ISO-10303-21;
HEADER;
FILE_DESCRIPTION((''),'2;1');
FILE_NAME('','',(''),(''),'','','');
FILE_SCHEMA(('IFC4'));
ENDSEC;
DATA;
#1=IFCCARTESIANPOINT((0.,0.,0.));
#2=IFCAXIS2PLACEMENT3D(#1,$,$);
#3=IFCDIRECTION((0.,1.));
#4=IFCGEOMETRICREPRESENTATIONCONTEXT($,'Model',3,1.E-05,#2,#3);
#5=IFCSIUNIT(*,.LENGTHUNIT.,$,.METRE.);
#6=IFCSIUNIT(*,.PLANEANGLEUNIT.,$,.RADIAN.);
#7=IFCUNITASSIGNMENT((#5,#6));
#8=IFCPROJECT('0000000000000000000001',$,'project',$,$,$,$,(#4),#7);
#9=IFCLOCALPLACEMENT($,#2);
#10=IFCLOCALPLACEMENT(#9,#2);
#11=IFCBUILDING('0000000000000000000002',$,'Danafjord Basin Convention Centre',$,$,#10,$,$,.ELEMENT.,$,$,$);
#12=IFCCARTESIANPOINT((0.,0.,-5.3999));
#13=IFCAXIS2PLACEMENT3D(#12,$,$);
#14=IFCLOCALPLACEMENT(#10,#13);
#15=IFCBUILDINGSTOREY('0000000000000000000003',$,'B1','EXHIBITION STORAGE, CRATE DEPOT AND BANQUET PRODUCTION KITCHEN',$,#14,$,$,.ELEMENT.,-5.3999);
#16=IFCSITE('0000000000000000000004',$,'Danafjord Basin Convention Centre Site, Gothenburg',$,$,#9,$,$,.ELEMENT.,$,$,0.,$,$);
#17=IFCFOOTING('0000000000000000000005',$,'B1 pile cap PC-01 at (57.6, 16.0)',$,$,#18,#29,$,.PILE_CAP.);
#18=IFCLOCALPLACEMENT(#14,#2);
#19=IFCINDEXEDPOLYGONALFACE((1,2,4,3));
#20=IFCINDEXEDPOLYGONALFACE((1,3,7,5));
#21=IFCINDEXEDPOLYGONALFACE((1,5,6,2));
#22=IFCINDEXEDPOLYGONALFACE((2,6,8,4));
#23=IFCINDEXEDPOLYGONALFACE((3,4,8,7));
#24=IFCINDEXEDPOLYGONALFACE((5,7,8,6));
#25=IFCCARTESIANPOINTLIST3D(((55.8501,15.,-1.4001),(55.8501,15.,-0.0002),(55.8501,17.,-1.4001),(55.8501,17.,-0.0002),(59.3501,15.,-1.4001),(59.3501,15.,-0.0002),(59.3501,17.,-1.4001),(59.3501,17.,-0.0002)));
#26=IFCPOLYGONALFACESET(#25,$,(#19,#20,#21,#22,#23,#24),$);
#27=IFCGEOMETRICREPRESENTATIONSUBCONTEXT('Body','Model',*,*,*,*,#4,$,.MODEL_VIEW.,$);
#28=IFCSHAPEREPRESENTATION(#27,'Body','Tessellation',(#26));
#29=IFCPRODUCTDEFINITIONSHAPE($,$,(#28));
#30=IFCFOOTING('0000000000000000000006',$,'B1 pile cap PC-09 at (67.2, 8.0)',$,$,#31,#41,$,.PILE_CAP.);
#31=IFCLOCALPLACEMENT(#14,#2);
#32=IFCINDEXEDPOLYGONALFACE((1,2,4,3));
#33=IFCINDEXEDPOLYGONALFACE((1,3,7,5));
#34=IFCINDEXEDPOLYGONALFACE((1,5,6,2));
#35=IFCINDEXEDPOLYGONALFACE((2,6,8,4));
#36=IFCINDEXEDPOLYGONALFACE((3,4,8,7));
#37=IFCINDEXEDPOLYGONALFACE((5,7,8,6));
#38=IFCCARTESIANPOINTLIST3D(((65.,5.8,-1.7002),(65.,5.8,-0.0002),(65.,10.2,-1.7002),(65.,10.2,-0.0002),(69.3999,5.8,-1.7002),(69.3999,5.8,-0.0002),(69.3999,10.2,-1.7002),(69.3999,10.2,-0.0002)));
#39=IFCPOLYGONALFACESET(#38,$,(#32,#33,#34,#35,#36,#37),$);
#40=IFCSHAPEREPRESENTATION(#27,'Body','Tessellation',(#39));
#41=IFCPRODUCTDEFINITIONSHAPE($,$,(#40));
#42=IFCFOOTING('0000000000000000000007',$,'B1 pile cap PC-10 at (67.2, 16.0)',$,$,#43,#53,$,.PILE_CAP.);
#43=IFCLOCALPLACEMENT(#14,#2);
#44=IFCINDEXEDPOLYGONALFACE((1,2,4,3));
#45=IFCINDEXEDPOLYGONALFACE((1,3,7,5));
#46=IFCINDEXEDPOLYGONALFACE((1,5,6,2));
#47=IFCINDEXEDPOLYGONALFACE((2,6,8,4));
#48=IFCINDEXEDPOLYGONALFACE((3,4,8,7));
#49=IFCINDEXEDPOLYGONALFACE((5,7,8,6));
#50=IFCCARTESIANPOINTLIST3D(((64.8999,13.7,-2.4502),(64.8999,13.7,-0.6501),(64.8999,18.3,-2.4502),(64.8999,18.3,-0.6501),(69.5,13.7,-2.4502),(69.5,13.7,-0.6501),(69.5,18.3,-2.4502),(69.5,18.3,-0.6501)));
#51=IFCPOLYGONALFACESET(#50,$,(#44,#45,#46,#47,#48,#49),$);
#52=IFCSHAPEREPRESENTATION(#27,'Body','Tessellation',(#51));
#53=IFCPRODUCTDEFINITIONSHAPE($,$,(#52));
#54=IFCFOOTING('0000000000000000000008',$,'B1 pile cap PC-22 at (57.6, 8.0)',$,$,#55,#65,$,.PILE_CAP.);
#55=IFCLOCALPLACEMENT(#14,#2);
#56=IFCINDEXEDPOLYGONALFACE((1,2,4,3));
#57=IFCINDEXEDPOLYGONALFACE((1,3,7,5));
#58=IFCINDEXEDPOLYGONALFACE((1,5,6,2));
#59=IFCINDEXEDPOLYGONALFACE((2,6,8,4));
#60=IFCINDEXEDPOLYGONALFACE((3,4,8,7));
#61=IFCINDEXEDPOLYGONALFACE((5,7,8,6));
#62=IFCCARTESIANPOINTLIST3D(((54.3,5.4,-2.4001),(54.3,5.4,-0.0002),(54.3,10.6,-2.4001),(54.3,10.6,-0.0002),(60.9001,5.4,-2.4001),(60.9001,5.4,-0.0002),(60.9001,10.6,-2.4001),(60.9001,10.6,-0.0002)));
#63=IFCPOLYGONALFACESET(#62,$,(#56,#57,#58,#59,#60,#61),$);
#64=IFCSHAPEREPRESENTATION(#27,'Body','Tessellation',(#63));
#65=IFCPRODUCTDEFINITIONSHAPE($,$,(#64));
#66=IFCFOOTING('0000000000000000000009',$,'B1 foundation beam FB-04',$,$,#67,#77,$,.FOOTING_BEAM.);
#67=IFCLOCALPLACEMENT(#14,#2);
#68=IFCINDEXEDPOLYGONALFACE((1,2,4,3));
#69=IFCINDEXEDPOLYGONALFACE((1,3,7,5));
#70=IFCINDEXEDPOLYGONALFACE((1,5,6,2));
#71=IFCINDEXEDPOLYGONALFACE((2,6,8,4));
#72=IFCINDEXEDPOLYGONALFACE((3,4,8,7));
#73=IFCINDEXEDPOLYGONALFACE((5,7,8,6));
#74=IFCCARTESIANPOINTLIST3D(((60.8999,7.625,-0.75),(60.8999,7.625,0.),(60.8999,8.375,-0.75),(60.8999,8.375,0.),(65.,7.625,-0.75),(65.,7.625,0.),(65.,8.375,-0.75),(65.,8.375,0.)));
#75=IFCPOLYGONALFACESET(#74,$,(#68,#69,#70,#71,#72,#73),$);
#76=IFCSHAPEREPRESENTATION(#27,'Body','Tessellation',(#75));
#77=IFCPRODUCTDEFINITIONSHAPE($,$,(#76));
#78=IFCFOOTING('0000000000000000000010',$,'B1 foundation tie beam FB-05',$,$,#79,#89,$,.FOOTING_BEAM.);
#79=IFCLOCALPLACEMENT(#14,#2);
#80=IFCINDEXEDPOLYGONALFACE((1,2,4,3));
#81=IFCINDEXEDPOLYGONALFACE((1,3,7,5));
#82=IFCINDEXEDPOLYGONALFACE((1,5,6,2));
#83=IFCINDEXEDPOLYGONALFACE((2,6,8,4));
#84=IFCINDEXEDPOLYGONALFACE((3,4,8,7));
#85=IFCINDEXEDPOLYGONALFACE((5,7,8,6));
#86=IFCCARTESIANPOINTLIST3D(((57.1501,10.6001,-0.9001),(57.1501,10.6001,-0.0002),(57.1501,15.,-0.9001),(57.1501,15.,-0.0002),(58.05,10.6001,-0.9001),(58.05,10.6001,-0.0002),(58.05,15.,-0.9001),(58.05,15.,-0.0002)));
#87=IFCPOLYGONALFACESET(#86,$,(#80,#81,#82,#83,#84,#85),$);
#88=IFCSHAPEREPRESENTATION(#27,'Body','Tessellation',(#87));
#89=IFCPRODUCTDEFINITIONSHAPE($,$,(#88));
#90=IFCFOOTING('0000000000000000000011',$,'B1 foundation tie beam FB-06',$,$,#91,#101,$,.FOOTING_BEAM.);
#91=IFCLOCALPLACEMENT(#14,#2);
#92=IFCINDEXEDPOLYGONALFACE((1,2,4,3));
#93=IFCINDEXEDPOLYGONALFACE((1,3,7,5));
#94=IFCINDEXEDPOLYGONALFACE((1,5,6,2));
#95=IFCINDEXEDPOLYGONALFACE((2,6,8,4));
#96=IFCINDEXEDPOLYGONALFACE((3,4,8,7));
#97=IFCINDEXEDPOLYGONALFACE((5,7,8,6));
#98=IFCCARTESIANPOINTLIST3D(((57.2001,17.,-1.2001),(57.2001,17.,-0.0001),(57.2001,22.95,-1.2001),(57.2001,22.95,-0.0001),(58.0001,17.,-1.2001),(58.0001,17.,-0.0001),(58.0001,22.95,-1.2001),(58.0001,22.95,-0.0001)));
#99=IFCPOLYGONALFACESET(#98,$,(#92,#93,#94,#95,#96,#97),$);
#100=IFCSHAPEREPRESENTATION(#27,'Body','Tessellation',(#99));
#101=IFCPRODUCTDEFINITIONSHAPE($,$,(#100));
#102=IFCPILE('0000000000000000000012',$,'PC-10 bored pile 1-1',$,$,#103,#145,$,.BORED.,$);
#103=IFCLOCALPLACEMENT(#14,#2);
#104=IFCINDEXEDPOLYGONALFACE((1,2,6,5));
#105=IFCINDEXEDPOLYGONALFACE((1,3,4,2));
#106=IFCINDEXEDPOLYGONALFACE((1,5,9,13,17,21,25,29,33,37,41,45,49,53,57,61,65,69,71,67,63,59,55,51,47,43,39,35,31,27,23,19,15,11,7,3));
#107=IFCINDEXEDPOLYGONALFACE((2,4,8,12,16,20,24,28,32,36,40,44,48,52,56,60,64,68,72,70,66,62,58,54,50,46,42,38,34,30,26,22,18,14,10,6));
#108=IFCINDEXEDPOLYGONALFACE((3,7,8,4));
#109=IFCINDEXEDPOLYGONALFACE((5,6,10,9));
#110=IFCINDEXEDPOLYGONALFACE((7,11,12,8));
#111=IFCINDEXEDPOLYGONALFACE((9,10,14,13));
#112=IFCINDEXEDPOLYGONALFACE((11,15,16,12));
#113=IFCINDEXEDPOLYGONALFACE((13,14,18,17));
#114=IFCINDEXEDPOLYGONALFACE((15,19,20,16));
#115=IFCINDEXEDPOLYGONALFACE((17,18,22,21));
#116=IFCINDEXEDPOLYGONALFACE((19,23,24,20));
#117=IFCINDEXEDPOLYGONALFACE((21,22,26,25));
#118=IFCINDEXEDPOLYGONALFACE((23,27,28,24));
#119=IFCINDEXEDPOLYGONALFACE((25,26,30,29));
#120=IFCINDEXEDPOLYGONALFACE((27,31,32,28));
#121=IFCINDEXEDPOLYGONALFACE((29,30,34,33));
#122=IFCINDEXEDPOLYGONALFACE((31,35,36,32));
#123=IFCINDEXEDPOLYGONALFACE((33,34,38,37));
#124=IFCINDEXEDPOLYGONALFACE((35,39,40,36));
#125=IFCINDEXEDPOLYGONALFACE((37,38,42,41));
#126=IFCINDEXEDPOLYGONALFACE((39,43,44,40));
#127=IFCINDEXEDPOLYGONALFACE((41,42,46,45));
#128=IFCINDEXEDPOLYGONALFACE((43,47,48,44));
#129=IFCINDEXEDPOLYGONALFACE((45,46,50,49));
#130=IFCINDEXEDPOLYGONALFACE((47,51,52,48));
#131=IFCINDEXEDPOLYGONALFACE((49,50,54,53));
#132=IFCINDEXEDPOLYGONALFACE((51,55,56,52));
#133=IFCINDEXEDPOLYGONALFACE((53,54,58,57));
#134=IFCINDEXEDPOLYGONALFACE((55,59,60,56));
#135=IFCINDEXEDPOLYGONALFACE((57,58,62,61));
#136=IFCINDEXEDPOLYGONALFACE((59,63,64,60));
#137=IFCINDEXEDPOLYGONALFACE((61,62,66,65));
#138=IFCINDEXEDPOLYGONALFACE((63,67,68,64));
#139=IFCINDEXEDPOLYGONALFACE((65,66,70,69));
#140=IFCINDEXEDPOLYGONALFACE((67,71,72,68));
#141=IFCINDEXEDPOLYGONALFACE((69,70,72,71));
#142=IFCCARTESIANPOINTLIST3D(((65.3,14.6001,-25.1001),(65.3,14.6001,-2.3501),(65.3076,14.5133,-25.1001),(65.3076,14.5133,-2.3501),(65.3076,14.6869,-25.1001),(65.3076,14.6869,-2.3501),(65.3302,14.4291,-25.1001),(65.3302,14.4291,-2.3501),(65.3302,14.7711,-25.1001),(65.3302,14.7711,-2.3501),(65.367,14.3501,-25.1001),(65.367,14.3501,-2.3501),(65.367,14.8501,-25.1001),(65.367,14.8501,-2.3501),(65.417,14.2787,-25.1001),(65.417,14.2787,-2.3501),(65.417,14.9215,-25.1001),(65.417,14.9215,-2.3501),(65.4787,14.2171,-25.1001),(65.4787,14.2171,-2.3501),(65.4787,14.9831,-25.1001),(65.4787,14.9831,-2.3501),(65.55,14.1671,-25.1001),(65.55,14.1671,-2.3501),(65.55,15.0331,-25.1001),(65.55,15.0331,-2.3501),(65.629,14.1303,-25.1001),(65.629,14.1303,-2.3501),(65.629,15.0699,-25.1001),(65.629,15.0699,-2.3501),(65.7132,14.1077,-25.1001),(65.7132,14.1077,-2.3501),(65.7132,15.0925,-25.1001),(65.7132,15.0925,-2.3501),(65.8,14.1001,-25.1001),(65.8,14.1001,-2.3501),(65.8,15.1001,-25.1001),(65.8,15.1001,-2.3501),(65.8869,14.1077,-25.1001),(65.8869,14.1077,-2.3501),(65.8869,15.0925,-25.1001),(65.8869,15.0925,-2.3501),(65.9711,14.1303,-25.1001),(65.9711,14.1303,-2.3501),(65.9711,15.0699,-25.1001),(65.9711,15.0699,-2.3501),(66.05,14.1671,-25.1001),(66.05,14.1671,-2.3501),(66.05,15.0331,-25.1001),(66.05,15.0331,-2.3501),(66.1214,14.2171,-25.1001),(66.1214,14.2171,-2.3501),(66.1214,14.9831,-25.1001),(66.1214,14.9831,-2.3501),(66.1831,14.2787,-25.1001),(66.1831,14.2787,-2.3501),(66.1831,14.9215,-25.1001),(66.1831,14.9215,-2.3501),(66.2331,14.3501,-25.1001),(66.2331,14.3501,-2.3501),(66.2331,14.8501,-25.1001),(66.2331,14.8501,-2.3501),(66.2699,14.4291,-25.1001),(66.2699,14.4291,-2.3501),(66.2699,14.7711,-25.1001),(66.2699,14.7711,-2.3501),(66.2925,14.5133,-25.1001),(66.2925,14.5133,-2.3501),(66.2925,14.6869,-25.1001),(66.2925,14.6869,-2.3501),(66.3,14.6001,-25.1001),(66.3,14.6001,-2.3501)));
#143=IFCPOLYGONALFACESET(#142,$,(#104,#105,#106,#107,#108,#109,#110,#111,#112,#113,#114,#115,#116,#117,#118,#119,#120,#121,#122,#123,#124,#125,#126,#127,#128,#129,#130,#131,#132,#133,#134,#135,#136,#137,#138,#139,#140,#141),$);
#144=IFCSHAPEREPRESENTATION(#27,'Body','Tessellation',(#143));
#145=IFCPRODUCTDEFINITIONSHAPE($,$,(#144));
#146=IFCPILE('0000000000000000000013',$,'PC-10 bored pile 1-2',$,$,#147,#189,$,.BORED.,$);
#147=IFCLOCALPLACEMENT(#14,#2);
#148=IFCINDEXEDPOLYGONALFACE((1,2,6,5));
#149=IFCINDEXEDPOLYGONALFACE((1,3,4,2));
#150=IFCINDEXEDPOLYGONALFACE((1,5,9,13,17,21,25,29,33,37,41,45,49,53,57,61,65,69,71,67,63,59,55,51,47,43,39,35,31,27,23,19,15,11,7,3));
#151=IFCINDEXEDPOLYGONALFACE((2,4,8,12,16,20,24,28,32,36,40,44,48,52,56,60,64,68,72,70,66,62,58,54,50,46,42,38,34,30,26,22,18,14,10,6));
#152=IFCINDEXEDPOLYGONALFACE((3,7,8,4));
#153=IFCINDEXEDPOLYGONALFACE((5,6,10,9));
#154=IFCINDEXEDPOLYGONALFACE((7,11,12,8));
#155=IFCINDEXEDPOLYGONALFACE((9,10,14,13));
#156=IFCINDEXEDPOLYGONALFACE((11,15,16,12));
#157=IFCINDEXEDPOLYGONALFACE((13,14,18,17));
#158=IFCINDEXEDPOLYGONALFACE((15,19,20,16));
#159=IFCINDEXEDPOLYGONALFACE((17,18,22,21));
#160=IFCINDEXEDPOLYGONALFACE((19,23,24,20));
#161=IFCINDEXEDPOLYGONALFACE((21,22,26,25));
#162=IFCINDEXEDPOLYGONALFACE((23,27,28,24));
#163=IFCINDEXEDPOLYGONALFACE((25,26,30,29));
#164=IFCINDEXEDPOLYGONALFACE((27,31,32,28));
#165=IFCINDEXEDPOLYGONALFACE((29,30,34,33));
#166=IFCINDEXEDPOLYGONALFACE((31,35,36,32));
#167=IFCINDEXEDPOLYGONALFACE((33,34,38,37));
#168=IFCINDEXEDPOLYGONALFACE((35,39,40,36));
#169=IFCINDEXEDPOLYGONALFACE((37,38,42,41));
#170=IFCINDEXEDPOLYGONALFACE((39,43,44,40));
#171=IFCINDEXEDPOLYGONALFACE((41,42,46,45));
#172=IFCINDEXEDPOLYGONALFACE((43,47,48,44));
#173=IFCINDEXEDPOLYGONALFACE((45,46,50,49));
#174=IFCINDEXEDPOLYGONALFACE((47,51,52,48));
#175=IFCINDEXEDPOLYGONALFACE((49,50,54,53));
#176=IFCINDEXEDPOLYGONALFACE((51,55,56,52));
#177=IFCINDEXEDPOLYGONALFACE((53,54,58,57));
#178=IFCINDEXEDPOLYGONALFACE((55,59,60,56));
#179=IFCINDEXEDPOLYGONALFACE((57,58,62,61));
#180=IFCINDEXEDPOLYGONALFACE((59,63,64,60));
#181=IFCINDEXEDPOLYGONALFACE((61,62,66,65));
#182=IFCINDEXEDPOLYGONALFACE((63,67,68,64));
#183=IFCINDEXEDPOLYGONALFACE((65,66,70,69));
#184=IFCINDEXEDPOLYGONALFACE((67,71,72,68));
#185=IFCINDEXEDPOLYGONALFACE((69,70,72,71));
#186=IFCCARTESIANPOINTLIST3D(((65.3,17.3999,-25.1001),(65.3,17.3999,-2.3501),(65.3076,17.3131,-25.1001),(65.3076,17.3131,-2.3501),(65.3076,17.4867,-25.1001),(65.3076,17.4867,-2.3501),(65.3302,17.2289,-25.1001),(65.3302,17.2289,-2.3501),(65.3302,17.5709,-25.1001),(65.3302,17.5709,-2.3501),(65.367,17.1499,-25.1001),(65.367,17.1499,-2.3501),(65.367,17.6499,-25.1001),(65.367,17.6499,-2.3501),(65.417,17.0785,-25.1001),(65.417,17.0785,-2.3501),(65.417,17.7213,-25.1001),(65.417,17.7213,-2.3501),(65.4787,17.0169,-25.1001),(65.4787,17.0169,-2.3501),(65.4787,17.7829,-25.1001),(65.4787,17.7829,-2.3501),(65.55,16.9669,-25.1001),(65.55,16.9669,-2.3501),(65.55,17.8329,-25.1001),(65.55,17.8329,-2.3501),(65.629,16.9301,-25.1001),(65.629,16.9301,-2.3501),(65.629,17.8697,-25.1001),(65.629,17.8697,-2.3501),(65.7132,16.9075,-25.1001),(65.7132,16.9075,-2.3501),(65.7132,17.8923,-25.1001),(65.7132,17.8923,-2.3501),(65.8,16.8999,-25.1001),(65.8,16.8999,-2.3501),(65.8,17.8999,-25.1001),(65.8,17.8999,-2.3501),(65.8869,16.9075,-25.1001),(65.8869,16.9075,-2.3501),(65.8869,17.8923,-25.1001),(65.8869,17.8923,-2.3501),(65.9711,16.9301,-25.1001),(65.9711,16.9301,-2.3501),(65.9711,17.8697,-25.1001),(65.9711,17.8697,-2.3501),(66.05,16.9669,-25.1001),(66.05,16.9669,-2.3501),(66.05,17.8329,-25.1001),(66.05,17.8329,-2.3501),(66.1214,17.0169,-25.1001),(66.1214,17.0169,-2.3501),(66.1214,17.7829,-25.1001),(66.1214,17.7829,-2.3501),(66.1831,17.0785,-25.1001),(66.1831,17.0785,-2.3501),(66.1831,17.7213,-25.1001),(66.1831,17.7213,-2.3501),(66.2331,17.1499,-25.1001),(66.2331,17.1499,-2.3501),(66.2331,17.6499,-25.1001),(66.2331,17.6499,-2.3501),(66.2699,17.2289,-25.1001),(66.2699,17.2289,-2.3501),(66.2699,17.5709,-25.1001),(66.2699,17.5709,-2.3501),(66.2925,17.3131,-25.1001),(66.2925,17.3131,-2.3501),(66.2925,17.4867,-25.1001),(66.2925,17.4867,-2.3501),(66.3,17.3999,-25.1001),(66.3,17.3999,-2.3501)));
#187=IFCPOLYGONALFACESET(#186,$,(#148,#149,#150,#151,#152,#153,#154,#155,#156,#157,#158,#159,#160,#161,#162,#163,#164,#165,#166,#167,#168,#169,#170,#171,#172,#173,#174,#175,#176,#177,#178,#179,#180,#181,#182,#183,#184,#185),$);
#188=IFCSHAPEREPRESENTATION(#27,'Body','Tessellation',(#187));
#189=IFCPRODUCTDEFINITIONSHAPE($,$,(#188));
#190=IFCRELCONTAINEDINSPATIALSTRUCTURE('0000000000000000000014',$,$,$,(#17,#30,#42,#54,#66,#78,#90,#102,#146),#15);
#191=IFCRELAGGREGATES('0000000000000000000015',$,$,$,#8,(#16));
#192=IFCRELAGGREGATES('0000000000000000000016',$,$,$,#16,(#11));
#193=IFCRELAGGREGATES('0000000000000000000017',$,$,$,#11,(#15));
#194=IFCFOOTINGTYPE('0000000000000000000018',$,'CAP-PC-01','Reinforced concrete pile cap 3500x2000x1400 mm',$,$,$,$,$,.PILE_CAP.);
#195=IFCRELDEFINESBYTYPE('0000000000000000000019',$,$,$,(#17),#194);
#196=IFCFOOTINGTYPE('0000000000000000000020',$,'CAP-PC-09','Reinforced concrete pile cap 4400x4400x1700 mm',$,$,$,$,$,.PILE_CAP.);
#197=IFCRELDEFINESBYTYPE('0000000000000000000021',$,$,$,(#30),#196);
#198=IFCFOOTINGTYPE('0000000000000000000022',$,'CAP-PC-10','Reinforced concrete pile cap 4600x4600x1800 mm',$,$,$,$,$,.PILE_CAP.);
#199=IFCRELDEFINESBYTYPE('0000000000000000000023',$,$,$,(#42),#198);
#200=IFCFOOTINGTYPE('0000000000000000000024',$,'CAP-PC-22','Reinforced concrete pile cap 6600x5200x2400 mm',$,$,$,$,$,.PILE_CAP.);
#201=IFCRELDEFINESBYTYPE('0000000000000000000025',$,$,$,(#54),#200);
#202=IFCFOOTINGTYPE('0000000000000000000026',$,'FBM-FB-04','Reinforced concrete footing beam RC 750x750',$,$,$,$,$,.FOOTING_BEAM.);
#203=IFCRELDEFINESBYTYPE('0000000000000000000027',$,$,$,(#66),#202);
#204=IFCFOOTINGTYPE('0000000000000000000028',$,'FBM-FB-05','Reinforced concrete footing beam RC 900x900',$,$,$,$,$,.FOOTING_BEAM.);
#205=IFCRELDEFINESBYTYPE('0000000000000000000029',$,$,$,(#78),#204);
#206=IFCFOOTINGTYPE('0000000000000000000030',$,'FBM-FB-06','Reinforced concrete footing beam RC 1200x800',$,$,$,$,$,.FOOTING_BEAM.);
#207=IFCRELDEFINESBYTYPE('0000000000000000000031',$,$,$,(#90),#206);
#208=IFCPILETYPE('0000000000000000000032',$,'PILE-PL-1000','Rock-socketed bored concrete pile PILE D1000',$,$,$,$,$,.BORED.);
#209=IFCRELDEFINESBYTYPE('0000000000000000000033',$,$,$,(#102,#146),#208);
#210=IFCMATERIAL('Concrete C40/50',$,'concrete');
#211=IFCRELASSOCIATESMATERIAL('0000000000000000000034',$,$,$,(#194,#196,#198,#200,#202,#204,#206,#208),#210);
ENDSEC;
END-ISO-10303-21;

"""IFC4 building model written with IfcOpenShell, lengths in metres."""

from ifc_helpers import new_model, si_unit, direction, frame, origin, origin_2d, place, context, subcontext, project, spatial, rectangle, circle, extrude, material, material_profile, profile_set, type_object, element, save


model = new_model("IFC4")

# Units and contexts
model_context = context("Model", 3, precision=1e-05, world=origin(), true_north=direction((0.0, 1.0)))
body_context = subcontext(model_context, "Body", "Model", "MODEL_VIEW")
ifc_project = project(units=[si_unit("LENGTHUNIT", "METRE"), si_unit("PLANEANGLEUNIT", "RADIAN")], contexts=[model_context])

# Site, building, storey
site_placement = place(None, origin())
site = spatial("IfcSite", under=ifc_project, at=site_placement, Name="Danafjord Basin Convention Centre Site, Gothenburg", CompositionType="ELEMENT", RefElevation=0.0)
building_placement = place(site_placement, origin())
building = spatial("IfcBuilding", under=site, at=building_placement, Name="Danafjord Basin Convention Centre", CompositionType="ELEMENT")
storey_placement = place(building_placement, frame((0.0, 0.0, -5.3999)))
storey = spatial("IfcBuildingStorey", under=building, at=storey_placement, Name="B1", Description="EXHIBITION STORAGE, CRATE DEPOT AND BANQUET PRODUCTION KITCHEN", CompositionType="ELEMENT", Elevation=-5.3999)

# Footings
ifc_material_1 = material(Name="Concrete C40/50", Category="concrete")
footing_type_1 = type_object("IfcFootingType", Name="CAP-PC-01", Description="Reinforced concrete pile cap 3500x2000x1400 mm", PredefinedType="PILE_CAP", material=ifc_material_1)
footing_1_placement = place(storey_placement, frame((57.6001, 16.0, -1.4001), z_axis=(0.0, 0.0, 1.0), x_axis=(1.0, 0.0, 0.0)))
element("IfcFooting", 1, at=footing_1_placement, inside=storey, type_object=footing_type_1, Name="B1 pile cap PC-01 at (57.6, 16.0)", PredefinedType="PILE_CAP", context=body_context, shape_type="SweptSolid", body=[
    extrude(rectangle(XDim=3.5, YDim=2.0, at=origin_2d()), origin(), (0.0, 0.0, 1.0), 1.3999),
])
footing_type_2 = type_object("IfcFootingType", Name="CAP-PC-09", Description="Reinforced concrete pile cap 4400x4400x1700 mm", PredefinedType="PILE_CAP", material=ifc_material_1)
footing_2_placement = place(storey_placement, frame((67.2, 8.0, -1.7002), z_axis=(0.0, 0.0, 1.0), x_axis=(1.0, 0.0, 0.0)))
element("IfcFooting", 2, at=footing_2_placement, inside=storey, type_object=footing_type_2, Name="B1 pile cap PC-09 at (67.2, 8.0)", PredefinedType="PILE_CAP", context=body_context, shape_type="SweptSolid", body=[
    extrude(rectangle(XDim=4.3999, YDim=4.3999, at=origin_2d()), origin(), (0.0, 0.0, 1.0), 1.7),
])
footing_type_3 = type_object("IfcFootingType", Name="CAP-PC-10", Description="Reinforced concrete pile cap 4600x4600x1800 mm", PredefinedType="PILE_CAP", material=ifc_material_1)
footing_3_placement = place(storey_placement, frame((67.2, 16.0, -2.4502), z_axis=(0.0, 0.0, 1.0), x_axis=(1.0, 0.0, 0.0)))
element("IfcFooting", 3, at=footing_3_placement, inside=storey, type_object=footing_type_3, Name="B1 pile cap PC-10 at (67.2, 16.0)", PredefinedType="PILE_CAP", context=body_context, shape_type="SweptSolid", body=[
    extrude(rectangle(XDim=4.6001, YDim=4.6001, at=origin_2d()), origin(), (0.0, 0.0, 1.0), 1.8),
])
footing_type_4 = type_object("IfcFootingType", Name="CAP-PC-22", Description="Reinforced concrete pile cap 6600x5200x2400 mm", PredefinedType="PILE_CAP", material=ifc_material_1)
footing_4_placement = place(storey_placement, frame((57.6001, 8.0, -2.4001), z_axis=(0.0, 0.0, 1.0), x_axis=(1.0, 0.0, 0.0)))
element("IfcFooting", 4, at=footing_4_placement, inside=storey, type_object=footing_type_4, Name="B1 pile cap PC-22 at (57.6, 8.0)", PredefinedType="PILE_CAP", context=body_context, shape_type="SweptSolid", body=[
    extrude(rectangle(XDim=6.6001, YDim=5.2, at=origin_2d()), origin(), (0.0, 0.0, 1.0), 2.3999),
])
ifc_material_profile_1 = material_profile(ifc_material_1, rectangle(XDim=0.75, YDim=0.75, at=origin_2d()), Name="RC 750x750")
ifc_profile_set_1 = profile_set([ifc_material_profile_1], Name="Concrete C40/50")
footing_type_5 = type_object("IfcFootingType", Name="FBM-FB-04", Description="Reinforced concrete footing beam RC 750x750", PredefinedType="FOOTING_BEAM", material=ifc_profile_set_1)
footing_5_placement = place(storey_placement, frame((60.8999, 8.0, -0.375), z_axis=(1.0, 0.0, 0.0), x_axis=(0.0, 1.0, 0.0)))
element("IfcFooting", 5, at=footing_5_placement, inside=storey, type_object=footing_type_5, Name="B1 foundation beam FB-04", PredefinedType="FOOTING_BEAM", context=body_context, shape_type="SweptSolid", body=[
    extrude(rectangle(XDim=0.75, YDim=0.75, at=origin_2d()), origin(), (0.0, 0.0, 1.0), 4.1001),
])
ifc_material_profile_2 = material_profile(ifc_material_1, rectangle(XDim=0.8999, YDim=0.8999, at=origin_2d()), Name="RC 900x900")
ifc_profile_set_2 = profile_set([ifc_material_profile_2], Name="Concrete C40/50")
footing_type_6 = type_object("IfcFootingType", Name="FBM-FB-05", Description="Reinforced concrete footing beam RC 900x900", PredefinedType="FOOTING_BEAM", material=ifc_profile_set_2)
footing_6_placement = place(storey_placement, frame((57.6001, 10.6001, -0.4502), z_axis=(0.0, 1.0, 0.0), x_axis=(-1.0, 0.0, 0.0)))
element("IfcFooting", 6, at=footing_6_placement, inside=storey, type_object=footing_type_6, Name="B1 foundation tie beam FB-05", PredefinedType="FOOTING_BEAM", context=body_context, shape_type="SweptSolid", body=[
    extrude(rectangle(XDim=0.8999, YDim=0.8999, at=origin_2d()), origin(), (0.0, 0.0, 1.0), 4.3999),
])
ifc_material_profile_3 = material_profile(ifc_material_1, rectangle(XDim=0.8, YDim=1.2, at=origin_2d()), Name="RC 1200x800")
ifc_profile_set_3 = profile_set([ifc_material_profile_3], Name="Concrete C40/50")
footing_type_7 = type_object("IfcFootingType", Name="FBM-FB-06", Description="Reinforced concrete footing beam RC 1200x800", PredefinedType="FOOTING_BEAM", material=ifc_profile_set_3)
footing_7_placement = place(storey_placement, frame((57.6001, 17.0, -0.6001), z_axis=(0.0, 1.0, 0.0), x_axis=(-1.0, 0.0, 0.0)))
element("IfcFooting", 7, at=footing_7_placement, inside=storey, type_object=footing_type_7, Name="B1 foundation tie beam FB-06", PredefinedType="FOOTING_BEAM", context=body_context, shape_type="SweptSolid", body=[
    extrude(rectangle(XDim=0.8, YDim=1.2, at=origin_2d()), origin(), (0.0, 0.0, 1.0), 5.95),
])

# Piles
ifc_material_profile_4 = material_profile(ifc_material_1, circle(Radius=0.5, at=origin_2d()), Name="PILE D1000")
ifc_profile_set_4 = profile_set([ifc_material_profile_4], Name="Concrete C40/50")
pile_type_1 = type_object("IfcPileType", Name="PILE-PL-1000", Description="Rock-socketed bored concrete pile PILE D1000", PredefinedType="BORED", material=ifc_profile_set_4)
for number, where, z_axis, x_axis, name in (
    (8, (65.8, 14.6001, -2.3501), (0.0, 0.0, -1.0), (1.0, 0.0, 0.0), "PC-10 bored pile 1-1"),
    (9, (65.8, 17.3999, -2.3501), (0.0, 0.0, -1.0), (1.0, 0.0, 0.0), "PC-10 bored pile 1-2"),
):
    element("IfcPile", number, at=place(storey_placement, frame(where, z_axis=z_axis, x_axis=x_axis)), inside=storey, type_object=pile_type_1, Name=name, PredefinedType="BORED", context=body_context, shape_type="SweptSolid", body=[
        extrude(circle(Radius=0.5, at=origin_2d()), origin(), (0.0, 0.0, 1.0), 22.75),
    ])

save(model, "model.ifc")
